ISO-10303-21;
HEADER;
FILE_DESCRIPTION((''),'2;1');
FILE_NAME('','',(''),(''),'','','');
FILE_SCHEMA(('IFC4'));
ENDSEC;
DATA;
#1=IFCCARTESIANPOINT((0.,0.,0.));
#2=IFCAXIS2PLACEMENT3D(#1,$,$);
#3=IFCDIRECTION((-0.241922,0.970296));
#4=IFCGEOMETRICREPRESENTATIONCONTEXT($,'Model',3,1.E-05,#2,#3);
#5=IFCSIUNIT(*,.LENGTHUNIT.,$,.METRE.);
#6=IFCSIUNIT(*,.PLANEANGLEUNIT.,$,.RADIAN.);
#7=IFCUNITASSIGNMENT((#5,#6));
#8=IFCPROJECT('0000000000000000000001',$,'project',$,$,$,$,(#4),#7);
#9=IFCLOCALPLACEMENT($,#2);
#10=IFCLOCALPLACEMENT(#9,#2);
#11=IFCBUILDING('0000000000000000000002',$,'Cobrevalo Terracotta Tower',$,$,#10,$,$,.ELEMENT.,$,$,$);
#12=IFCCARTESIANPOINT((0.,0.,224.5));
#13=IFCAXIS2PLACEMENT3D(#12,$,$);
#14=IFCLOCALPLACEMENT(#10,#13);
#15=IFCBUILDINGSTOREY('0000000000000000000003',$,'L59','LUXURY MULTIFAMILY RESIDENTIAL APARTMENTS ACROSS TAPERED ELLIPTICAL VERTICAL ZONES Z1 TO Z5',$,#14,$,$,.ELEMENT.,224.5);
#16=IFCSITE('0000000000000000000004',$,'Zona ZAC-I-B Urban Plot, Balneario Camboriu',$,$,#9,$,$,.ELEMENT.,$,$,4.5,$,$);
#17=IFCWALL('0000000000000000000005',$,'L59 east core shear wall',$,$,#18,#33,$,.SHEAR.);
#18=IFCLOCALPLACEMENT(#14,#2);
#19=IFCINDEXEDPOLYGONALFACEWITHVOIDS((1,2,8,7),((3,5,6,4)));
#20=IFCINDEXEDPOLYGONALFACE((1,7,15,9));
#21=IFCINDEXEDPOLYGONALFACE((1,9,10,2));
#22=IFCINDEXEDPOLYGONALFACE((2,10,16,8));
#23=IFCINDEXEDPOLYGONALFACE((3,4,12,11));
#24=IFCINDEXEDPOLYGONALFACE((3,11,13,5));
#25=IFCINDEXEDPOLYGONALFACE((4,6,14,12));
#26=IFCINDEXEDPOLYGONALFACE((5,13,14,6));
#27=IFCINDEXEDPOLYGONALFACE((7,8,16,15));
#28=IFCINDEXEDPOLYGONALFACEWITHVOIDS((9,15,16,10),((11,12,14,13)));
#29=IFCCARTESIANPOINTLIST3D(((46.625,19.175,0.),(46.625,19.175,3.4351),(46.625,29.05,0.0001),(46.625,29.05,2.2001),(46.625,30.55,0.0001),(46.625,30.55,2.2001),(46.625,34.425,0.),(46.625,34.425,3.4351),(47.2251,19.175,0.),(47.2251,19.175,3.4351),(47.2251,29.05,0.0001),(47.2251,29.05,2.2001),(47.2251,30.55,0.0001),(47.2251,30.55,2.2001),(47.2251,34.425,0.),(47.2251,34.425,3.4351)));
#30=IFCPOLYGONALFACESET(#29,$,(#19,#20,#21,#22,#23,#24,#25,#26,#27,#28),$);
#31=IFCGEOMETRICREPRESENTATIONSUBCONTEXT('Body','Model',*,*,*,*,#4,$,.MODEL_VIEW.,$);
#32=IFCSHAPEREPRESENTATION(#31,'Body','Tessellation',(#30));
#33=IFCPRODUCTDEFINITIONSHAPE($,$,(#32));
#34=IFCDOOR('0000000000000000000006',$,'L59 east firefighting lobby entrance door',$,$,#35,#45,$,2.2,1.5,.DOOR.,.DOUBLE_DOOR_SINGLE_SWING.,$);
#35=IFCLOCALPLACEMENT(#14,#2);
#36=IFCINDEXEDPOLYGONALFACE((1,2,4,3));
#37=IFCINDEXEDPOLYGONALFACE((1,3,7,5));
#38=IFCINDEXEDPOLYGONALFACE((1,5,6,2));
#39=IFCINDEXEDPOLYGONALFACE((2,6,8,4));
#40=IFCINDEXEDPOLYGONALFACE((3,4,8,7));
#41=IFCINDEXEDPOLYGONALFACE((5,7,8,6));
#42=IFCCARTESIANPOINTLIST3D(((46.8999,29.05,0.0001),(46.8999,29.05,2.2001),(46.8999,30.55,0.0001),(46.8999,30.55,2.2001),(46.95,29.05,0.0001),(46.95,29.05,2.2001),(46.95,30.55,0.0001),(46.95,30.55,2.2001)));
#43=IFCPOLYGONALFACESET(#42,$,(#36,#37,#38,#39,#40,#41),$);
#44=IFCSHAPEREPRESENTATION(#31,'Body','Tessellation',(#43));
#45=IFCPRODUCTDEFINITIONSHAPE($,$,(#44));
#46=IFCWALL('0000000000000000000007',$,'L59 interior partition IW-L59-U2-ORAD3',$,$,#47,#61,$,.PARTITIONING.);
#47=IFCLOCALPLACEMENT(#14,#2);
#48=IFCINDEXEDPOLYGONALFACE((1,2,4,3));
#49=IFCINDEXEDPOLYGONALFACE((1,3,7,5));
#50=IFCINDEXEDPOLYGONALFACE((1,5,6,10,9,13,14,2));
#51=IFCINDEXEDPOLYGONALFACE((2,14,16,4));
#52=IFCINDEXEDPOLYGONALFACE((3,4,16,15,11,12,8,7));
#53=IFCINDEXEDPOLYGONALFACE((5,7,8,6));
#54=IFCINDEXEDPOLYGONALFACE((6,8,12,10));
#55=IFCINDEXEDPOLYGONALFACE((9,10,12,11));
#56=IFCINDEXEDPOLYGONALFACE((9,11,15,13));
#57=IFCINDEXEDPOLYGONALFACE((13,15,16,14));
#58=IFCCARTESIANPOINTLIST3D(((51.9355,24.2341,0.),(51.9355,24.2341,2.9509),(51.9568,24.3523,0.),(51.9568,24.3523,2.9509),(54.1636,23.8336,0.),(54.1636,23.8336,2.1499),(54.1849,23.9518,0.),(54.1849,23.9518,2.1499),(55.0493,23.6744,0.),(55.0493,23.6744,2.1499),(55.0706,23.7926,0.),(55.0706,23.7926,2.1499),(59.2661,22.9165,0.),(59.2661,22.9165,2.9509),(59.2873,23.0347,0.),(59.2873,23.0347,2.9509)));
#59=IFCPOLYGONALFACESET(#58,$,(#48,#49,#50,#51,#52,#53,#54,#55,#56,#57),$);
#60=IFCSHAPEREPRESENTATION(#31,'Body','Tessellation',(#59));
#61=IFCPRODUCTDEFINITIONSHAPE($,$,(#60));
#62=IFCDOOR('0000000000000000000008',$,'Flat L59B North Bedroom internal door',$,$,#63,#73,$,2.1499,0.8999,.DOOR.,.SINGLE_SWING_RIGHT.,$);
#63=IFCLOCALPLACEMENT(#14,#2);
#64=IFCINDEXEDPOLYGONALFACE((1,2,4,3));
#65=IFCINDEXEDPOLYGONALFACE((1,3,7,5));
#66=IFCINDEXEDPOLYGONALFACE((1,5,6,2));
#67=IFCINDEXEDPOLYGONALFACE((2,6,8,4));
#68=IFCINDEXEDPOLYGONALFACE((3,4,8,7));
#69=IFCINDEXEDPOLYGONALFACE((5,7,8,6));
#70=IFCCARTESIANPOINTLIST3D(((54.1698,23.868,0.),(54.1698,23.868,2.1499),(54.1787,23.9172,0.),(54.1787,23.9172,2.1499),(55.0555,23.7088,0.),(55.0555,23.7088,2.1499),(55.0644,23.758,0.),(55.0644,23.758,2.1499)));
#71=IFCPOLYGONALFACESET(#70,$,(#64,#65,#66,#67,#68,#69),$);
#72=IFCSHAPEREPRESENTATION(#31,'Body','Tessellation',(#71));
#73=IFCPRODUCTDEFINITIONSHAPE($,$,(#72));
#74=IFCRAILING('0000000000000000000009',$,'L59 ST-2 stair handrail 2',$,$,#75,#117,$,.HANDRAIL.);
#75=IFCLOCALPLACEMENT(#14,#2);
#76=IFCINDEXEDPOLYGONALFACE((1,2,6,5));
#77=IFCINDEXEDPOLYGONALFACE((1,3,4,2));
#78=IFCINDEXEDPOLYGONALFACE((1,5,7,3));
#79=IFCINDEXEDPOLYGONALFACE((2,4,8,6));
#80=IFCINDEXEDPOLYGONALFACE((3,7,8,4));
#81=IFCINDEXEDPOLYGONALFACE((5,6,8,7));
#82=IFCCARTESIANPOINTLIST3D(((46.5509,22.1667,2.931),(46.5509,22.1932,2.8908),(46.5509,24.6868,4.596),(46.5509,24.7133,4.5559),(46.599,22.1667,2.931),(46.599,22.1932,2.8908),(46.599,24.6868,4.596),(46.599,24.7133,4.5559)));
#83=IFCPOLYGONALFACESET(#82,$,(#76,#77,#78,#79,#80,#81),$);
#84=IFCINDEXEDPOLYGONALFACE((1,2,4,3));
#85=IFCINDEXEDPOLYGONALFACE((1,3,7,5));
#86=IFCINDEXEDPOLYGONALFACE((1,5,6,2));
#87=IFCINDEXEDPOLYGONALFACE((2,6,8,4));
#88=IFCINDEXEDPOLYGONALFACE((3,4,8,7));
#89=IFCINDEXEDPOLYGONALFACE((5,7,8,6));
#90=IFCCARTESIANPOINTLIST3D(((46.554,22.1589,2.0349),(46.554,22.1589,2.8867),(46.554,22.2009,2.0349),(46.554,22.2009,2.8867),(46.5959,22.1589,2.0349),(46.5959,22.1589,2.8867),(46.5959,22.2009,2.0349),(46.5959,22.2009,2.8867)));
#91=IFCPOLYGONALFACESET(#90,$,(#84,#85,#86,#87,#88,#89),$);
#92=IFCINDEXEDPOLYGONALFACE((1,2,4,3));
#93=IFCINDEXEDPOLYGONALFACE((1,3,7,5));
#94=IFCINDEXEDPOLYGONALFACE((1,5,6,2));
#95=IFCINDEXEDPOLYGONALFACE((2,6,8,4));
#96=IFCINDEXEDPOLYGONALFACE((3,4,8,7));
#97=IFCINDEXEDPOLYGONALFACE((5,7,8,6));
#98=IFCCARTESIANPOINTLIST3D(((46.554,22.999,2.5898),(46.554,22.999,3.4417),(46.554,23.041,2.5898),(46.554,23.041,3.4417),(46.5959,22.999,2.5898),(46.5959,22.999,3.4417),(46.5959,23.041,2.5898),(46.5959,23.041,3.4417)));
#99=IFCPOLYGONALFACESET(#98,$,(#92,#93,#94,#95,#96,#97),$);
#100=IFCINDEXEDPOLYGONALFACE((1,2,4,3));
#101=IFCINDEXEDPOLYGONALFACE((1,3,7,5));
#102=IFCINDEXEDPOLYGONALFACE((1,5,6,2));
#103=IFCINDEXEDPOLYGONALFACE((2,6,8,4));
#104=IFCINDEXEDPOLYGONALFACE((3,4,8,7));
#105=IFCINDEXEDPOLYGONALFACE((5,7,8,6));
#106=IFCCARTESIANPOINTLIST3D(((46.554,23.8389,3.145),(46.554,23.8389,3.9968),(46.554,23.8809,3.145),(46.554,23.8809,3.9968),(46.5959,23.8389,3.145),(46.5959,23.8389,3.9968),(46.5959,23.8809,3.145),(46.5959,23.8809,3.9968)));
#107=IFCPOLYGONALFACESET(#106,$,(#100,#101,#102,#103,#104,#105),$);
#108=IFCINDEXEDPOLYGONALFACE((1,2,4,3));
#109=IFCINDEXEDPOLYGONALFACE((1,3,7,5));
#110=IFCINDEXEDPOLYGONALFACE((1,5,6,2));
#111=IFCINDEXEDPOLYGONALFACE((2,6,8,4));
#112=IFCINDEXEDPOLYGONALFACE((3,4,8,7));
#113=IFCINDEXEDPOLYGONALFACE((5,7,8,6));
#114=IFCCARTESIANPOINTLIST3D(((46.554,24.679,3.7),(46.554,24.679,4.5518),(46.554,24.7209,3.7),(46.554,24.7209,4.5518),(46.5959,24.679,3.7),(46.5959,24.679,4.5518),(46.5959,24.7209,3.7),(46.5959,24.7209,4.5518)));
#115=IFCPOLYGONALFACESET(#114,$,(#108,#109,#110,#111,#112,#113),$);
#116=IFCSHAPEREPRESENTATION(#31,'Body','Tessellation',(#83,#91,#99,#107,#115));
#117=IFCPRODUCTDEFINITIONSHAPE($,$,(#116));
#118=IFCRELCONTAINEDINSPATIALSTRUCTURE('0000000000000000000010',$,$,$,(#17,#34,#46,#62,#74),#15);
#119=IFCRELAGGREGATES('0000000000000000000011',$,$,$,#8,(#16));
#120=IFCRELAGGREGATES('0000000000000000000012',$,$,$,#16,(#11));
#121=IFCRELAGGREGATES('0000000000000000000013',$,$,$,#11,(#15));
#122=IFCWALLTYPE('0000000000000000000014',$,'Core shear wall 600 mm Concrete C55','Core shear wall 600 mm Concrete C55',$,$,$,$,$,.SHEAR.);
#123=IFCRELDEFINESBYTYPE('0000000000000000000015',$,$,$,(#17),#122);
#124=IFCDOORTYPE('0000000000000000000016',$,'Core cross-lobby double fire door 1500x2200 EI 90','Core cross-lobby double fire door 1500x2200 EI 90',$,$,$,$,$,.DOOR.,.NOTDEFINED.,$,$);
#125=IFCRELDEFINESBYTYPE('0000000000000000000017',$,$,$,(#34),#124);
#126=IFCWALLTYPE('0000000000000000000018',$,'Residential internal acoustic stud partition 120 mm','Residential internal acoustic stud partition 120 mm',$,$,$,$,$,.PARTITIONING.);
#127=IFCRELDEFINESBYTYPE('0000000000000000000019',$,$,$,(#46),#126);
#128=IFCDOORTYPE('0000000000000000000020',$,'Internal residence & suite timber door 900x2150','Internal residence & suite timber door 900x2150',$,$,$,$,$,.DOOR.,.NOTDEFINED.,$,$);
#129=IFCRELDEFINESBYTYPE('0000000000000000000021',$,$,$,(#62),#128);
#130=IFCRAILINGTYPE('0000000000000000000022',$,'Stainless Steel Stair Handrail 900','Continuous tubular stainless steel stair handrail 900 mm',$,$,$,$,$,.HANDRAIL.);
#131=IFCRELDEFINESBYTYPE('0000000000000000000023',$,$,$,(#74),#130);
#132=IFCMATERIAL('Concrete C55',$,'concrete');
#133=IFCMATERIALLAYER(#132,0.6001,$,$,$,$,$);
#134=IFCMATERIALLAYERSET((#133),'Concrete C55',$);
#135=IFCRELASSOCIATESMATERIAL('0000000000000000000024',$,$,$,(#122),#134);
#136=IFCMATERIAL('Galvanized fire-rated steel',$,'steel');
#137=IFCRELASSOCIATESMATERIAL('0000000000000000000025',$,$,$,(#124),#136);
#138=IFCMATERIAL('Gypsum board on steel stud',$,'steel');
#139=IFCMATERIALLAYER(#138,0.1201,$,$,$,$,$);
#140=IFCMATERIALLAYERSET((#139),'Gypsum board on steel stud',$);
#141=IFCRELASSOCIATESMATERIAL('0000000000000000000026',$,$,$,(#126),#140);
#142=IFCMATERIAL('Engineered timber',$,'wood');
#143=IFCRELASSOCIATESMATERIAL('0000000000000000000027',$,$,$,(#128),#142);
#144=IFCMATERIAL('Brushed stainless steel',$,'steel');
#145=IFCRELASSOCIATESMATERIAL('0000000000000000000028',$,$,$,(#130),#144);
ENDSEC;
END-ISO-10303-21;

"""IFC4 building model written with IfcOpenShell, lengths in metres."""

from ifc_helpers import new_model, si_unit, direction, frame, frame_2d, origin, origin_2d, place, context, subcontext, project, spatial, rectangle, extrude, source, transform, mapped, material, layer, layer_set, type_object, element, fill, save


model = new_model("IFC4")

# Units and contexts
model_context = context("Model", 3, precision=1e-05, world=origin(), true_north=direction((-0.241922, 0.970296)))
body_context = subcontext(model_context, "Body", "Model", "MODEL_VIEW")
ifc_project = project(units=[si_unit("LENGTHUNIT", "METRE"), si_unit("PLANEANGLEUNIT", "RADIAN")], contexts=[model_context])

# Site, building, storey
site_placement = place(None, origin())
site = spatial("IfcSite", under=ifc_project, at=site_placement, Name="Zona ZAC-I-B Urban Plot, Balneario Camboriu", CompositionType="ELEMENT", RefElevation=4.5)
building_placement = place(site_placement, origin())
building = spatial("IfcBuilding", under=site, at=building_placement, Name="Cobrevalo Terracotta Tower", CompositionType="ELEMENT")
storey_placement = place(building_placement, frame((0.0, 0.0, 224.5)))
storey = spatial("IfcBuildingStorey", under=building, at=storey_placement, Name="L59", Description="LUXURY MULTIFAMILY RESIDENTIAL APARTMENTS ACROSS TAPERED ELLIPTICAL VERTICAL ZONES Z1 TO Z5", CompositionType="ELEMENT", Elevation=224.5)

# Walls, openings, doors
ifc_material_1 = material(Name="Concrete C55", Category="concrete")
ifc_layer_1 = layer(ifc_material_1, 0.6001)
ifc_layer_set_1 = layer_set([ifc_layer_1], Name="Concrete C55")
wall_type_1 = type_object("IfcWallType", Name="Core shear wall 600 mm Concrete C55", Description="Core shear wall 600 mm Concrete C55", PredefinedType="SHEAR", material=ifc_layer_set_1)
wall_1_placement = place(storey_placement, frame((46.925, 19.175, 0.0), z_axis=(0.0, 0.0, 1.0), x_axis=(0.0, 1.0, 0.0)))
wall_1 = element("IfcWall", 1, at=wall_1_placement, inside=storey, type_object=wall_type_1, Name="L59 east core shear wall", PredefinedType="SHEAR", context=body_context, shape_type="SweptSolid", body=[
    extrude(rectangle(XDim=15.25, YDim=0.6001, at=frame_2d((7.625, 0.0))), origin(), (0.0, 0.0, 1.0), 3.4351),
])
opening_1_placement = place(wall_1_placement, frame((9.875, 0.0, 0.0)))
opening_1 = element("IfcOpeningElement", 2, at=opening_1_placement, cuts=wall_1, PredefinedType="OPENING", context=body_context, shape_type="SweptSolid", body=[
    extrude(rectangle(XDim=1.5, YDim=2.2, at=frame_2d((0.75, 1.1001))), frame((0.0, 0.3101, 0.0), z_axis=(0.0, -1.0, 0.0), x_axis=(1.0, 0.0, 0.0)), (0.0, 0.0, 1.0), 0.6201),
])
ifc_material_2 = material(Name="Galvanized fire-rated steel", Category="steel")
door_type_1 = type_object("IfcDoorType", Name="Core cross-lobby double fire door 1500x2200 EI 90", Description="Core cross-lobby double fire door 1500x2200 EI 90", OperationType="NOTDEFINED", PredefinedType="DOOR", material=ifc_material_2)
shared_shape_1 = source(origin(), body_context, "Body", "SweptSolid", [
    extrude(rectangle(XDim=1.5, YDim=2.2, at=frame_2d((0.75, 1.1001))), frame((0.0, 0.0249, 0.0), z_axis=(0.0, -1.0, 0.0), x_axis=(1.0, 0.0, 0.0)), (0.0, 0.0, 1.0), 0.05),
])
door_1_placement = place(opening_1_placement, frame((1.5, 0.0, 0.0), z_axis=(0.0, 0.0, 1.0), x_axis=(-1.0, 0.0, 0.0)))
door_1 = element("IfcDoor", 3, at=door_1_placement, inside=storey, type_object=door_type_1, Name="L59 east firefighting lobby entrance door", OperationType="DOUBLE_DOOR_SINGLE_SWING", OverallHeight=2.2, OverallWidth=1.5, PredefinedType="DOOR", context=body_context, shape_type="MappedRepresentation", body=[
    mapped(shared_shape_1, transform((0.0, 0.0, 0.0), scale=1.0)),
])
fill(opening_1, door_1)
ifc_material_3 = material(Name="Gypsum board on steel stud", Category="steel")
ifc_layer_2 = layer(ifc_material_3, 0.1201)
ifc_layer_set_2 = layer_set([ifc_layer_2], Name="Gypsum board on steel stud")
wall_type_2 = type_object("IfcWallType", Name="Residential internal acoustic stud partition 120 mm", Description="Residential internal acoustic stud partition 120 mm", PredefinedType="PARTITIONING", material=ifc_layer_set_2)
wall_2_placement = place(storey_placement, frame((51.946, 24.2932, 0.0), z_axis=(0.0, 0.0, 1.0), x_axis=(0.984227, -0.176909, 0.0)))
wall_2 = element("IfcWall", 4, at=wall_2_placement, inside=storey, type_object=wall_type_2, Name="L59 interior partition IW-L59-U2-ORAD3", PredefinedType="PARTITIONING", context=body_context, shape_type="SweptSolid", body=[
    extrude(rectangle(XDim=7.448, YDim=0.1201, at=frame_2d((3.7241, 0.0))), origin(), (0.0, 0.0, 1.0), 2.9509),
])
opening_2_placement = place(wall_2_placement, frame((2.2639, 0.0, 0.0)))
opening_2 = element("IfcOpeningElement", 5, at=opening_2_placement, cuts=wall_2, PredefinedType="OPENING", context=body_context, shape_type="SweptSolid", body=[
    extrude(rectangle(XDim=0.8999, YDim=2.1499, at=frame_2d((0.45, 1.075))), frame((0.0, 0.0701, 0.0), z_axis=(0.0, -1.0, 0.0), x_axis=(1.0, 0.0, 0.0)), (0.0, 0.0, 1.0), 0.1401),
])
ifc_material_4 = material(Name="Engineered timber", Category="wood")
door_type_2 = type_object("IfcDoorType", Name="Internal residence & suite timber door 900x2150", Description="Internal residence & suite timber door 900x2150", OperationType="NOTDEFINED", PredefinedType="DOOR", material=ifc_material_4)
shared_shape_2 = source(origin(), body_context, "Body", "SweptSolid", [
    extrude(rectangle(XDim=0.8999, YDim=2.1499, at=frame_2d((0.45, 1.075))), frame((0.0, 0.0249, 0.0), z_axis=(0.0, -1.0, 0.0), x_axis=(1.0, 0.0, 0.0)), (0.0, 0.0, 1.0), 0.05),
])
door_2_placement = place(opening_2_placement, origin())
door_2 = element("IfcDoor", 6, at=door_2_placement, inside=storey, type_object=door_type_2, Name="Flat L59B North Bedroom internal door", OperationType="SINGLE_SWING_RIGHT", OverallHeight=2.1499, OverallWidth=0.8999, PredefinedType="DOOR", context=body_context, shape_type="MappedRepresentation", body=[
    mapped(shared_shape_2, transform((0.0, 0.0, 0.0), scale=1.0)),
])
fill(opening_2, door_2)

# Railing
ifc_material_5 = material(Name="Brushed stainless steel", Category="steel")
railing_type = type_object("IfcRailingType", Name="Stainless Steel Stair Handrail 900", Description="Continuous tubular stainless steel stair handrail 900 mm", PredefinedType="HANDRAIL", material=ifc_material_5)
railing_placement = place(storey_placement, frame((46.575, 22.1799, 2.0349)))
element("IfcRailing", 7, at=railing_placement, inside=storey, type_object=railing_type, Name="L59 ST-2 stair handrail 2", PredefinedType="HANDRAIL", context=body_context, shape_type="SweptSolid", body=[
    extrude(rectangle(XDim=0.0481, YDim=0.0481, at=origin_2d()), frame((0.0, 0.0, 0.876), z_axis=(0.0, 0.834331, 0.551263), x_axis=(-1.0, 0.0, 0.0)), (0.0, 0.0, 1.0), 3.0205),
    extrude(rectangle(XDim=0.042, YDim=0.042, at=origin_2d()), origin(), (0.0, 0.0, 1.0), 0.8518),
    extrude(rectangle(XDim=0.042, YDim=0.042, at=origin_2d()), frame((0.0, 0.8401, 0.5549)), (0.0, 0.0, 1.0), 0.8518),
    extrude(rectangle(XDim=0.042, YDim=0.042, at=origin_2d()), frame((0.0, 1.6799, 1.1101)), (0.0, 0.0, 1.0), 0.8518),
    extrude(rectangle(XDim=0.042, YDim=0.042, at=origin_2d()), frame((0.0, 2.52, 1.665)), (0.0, 0.0, 1.0), 0.8518),
])

save(model, "model.ifc")
